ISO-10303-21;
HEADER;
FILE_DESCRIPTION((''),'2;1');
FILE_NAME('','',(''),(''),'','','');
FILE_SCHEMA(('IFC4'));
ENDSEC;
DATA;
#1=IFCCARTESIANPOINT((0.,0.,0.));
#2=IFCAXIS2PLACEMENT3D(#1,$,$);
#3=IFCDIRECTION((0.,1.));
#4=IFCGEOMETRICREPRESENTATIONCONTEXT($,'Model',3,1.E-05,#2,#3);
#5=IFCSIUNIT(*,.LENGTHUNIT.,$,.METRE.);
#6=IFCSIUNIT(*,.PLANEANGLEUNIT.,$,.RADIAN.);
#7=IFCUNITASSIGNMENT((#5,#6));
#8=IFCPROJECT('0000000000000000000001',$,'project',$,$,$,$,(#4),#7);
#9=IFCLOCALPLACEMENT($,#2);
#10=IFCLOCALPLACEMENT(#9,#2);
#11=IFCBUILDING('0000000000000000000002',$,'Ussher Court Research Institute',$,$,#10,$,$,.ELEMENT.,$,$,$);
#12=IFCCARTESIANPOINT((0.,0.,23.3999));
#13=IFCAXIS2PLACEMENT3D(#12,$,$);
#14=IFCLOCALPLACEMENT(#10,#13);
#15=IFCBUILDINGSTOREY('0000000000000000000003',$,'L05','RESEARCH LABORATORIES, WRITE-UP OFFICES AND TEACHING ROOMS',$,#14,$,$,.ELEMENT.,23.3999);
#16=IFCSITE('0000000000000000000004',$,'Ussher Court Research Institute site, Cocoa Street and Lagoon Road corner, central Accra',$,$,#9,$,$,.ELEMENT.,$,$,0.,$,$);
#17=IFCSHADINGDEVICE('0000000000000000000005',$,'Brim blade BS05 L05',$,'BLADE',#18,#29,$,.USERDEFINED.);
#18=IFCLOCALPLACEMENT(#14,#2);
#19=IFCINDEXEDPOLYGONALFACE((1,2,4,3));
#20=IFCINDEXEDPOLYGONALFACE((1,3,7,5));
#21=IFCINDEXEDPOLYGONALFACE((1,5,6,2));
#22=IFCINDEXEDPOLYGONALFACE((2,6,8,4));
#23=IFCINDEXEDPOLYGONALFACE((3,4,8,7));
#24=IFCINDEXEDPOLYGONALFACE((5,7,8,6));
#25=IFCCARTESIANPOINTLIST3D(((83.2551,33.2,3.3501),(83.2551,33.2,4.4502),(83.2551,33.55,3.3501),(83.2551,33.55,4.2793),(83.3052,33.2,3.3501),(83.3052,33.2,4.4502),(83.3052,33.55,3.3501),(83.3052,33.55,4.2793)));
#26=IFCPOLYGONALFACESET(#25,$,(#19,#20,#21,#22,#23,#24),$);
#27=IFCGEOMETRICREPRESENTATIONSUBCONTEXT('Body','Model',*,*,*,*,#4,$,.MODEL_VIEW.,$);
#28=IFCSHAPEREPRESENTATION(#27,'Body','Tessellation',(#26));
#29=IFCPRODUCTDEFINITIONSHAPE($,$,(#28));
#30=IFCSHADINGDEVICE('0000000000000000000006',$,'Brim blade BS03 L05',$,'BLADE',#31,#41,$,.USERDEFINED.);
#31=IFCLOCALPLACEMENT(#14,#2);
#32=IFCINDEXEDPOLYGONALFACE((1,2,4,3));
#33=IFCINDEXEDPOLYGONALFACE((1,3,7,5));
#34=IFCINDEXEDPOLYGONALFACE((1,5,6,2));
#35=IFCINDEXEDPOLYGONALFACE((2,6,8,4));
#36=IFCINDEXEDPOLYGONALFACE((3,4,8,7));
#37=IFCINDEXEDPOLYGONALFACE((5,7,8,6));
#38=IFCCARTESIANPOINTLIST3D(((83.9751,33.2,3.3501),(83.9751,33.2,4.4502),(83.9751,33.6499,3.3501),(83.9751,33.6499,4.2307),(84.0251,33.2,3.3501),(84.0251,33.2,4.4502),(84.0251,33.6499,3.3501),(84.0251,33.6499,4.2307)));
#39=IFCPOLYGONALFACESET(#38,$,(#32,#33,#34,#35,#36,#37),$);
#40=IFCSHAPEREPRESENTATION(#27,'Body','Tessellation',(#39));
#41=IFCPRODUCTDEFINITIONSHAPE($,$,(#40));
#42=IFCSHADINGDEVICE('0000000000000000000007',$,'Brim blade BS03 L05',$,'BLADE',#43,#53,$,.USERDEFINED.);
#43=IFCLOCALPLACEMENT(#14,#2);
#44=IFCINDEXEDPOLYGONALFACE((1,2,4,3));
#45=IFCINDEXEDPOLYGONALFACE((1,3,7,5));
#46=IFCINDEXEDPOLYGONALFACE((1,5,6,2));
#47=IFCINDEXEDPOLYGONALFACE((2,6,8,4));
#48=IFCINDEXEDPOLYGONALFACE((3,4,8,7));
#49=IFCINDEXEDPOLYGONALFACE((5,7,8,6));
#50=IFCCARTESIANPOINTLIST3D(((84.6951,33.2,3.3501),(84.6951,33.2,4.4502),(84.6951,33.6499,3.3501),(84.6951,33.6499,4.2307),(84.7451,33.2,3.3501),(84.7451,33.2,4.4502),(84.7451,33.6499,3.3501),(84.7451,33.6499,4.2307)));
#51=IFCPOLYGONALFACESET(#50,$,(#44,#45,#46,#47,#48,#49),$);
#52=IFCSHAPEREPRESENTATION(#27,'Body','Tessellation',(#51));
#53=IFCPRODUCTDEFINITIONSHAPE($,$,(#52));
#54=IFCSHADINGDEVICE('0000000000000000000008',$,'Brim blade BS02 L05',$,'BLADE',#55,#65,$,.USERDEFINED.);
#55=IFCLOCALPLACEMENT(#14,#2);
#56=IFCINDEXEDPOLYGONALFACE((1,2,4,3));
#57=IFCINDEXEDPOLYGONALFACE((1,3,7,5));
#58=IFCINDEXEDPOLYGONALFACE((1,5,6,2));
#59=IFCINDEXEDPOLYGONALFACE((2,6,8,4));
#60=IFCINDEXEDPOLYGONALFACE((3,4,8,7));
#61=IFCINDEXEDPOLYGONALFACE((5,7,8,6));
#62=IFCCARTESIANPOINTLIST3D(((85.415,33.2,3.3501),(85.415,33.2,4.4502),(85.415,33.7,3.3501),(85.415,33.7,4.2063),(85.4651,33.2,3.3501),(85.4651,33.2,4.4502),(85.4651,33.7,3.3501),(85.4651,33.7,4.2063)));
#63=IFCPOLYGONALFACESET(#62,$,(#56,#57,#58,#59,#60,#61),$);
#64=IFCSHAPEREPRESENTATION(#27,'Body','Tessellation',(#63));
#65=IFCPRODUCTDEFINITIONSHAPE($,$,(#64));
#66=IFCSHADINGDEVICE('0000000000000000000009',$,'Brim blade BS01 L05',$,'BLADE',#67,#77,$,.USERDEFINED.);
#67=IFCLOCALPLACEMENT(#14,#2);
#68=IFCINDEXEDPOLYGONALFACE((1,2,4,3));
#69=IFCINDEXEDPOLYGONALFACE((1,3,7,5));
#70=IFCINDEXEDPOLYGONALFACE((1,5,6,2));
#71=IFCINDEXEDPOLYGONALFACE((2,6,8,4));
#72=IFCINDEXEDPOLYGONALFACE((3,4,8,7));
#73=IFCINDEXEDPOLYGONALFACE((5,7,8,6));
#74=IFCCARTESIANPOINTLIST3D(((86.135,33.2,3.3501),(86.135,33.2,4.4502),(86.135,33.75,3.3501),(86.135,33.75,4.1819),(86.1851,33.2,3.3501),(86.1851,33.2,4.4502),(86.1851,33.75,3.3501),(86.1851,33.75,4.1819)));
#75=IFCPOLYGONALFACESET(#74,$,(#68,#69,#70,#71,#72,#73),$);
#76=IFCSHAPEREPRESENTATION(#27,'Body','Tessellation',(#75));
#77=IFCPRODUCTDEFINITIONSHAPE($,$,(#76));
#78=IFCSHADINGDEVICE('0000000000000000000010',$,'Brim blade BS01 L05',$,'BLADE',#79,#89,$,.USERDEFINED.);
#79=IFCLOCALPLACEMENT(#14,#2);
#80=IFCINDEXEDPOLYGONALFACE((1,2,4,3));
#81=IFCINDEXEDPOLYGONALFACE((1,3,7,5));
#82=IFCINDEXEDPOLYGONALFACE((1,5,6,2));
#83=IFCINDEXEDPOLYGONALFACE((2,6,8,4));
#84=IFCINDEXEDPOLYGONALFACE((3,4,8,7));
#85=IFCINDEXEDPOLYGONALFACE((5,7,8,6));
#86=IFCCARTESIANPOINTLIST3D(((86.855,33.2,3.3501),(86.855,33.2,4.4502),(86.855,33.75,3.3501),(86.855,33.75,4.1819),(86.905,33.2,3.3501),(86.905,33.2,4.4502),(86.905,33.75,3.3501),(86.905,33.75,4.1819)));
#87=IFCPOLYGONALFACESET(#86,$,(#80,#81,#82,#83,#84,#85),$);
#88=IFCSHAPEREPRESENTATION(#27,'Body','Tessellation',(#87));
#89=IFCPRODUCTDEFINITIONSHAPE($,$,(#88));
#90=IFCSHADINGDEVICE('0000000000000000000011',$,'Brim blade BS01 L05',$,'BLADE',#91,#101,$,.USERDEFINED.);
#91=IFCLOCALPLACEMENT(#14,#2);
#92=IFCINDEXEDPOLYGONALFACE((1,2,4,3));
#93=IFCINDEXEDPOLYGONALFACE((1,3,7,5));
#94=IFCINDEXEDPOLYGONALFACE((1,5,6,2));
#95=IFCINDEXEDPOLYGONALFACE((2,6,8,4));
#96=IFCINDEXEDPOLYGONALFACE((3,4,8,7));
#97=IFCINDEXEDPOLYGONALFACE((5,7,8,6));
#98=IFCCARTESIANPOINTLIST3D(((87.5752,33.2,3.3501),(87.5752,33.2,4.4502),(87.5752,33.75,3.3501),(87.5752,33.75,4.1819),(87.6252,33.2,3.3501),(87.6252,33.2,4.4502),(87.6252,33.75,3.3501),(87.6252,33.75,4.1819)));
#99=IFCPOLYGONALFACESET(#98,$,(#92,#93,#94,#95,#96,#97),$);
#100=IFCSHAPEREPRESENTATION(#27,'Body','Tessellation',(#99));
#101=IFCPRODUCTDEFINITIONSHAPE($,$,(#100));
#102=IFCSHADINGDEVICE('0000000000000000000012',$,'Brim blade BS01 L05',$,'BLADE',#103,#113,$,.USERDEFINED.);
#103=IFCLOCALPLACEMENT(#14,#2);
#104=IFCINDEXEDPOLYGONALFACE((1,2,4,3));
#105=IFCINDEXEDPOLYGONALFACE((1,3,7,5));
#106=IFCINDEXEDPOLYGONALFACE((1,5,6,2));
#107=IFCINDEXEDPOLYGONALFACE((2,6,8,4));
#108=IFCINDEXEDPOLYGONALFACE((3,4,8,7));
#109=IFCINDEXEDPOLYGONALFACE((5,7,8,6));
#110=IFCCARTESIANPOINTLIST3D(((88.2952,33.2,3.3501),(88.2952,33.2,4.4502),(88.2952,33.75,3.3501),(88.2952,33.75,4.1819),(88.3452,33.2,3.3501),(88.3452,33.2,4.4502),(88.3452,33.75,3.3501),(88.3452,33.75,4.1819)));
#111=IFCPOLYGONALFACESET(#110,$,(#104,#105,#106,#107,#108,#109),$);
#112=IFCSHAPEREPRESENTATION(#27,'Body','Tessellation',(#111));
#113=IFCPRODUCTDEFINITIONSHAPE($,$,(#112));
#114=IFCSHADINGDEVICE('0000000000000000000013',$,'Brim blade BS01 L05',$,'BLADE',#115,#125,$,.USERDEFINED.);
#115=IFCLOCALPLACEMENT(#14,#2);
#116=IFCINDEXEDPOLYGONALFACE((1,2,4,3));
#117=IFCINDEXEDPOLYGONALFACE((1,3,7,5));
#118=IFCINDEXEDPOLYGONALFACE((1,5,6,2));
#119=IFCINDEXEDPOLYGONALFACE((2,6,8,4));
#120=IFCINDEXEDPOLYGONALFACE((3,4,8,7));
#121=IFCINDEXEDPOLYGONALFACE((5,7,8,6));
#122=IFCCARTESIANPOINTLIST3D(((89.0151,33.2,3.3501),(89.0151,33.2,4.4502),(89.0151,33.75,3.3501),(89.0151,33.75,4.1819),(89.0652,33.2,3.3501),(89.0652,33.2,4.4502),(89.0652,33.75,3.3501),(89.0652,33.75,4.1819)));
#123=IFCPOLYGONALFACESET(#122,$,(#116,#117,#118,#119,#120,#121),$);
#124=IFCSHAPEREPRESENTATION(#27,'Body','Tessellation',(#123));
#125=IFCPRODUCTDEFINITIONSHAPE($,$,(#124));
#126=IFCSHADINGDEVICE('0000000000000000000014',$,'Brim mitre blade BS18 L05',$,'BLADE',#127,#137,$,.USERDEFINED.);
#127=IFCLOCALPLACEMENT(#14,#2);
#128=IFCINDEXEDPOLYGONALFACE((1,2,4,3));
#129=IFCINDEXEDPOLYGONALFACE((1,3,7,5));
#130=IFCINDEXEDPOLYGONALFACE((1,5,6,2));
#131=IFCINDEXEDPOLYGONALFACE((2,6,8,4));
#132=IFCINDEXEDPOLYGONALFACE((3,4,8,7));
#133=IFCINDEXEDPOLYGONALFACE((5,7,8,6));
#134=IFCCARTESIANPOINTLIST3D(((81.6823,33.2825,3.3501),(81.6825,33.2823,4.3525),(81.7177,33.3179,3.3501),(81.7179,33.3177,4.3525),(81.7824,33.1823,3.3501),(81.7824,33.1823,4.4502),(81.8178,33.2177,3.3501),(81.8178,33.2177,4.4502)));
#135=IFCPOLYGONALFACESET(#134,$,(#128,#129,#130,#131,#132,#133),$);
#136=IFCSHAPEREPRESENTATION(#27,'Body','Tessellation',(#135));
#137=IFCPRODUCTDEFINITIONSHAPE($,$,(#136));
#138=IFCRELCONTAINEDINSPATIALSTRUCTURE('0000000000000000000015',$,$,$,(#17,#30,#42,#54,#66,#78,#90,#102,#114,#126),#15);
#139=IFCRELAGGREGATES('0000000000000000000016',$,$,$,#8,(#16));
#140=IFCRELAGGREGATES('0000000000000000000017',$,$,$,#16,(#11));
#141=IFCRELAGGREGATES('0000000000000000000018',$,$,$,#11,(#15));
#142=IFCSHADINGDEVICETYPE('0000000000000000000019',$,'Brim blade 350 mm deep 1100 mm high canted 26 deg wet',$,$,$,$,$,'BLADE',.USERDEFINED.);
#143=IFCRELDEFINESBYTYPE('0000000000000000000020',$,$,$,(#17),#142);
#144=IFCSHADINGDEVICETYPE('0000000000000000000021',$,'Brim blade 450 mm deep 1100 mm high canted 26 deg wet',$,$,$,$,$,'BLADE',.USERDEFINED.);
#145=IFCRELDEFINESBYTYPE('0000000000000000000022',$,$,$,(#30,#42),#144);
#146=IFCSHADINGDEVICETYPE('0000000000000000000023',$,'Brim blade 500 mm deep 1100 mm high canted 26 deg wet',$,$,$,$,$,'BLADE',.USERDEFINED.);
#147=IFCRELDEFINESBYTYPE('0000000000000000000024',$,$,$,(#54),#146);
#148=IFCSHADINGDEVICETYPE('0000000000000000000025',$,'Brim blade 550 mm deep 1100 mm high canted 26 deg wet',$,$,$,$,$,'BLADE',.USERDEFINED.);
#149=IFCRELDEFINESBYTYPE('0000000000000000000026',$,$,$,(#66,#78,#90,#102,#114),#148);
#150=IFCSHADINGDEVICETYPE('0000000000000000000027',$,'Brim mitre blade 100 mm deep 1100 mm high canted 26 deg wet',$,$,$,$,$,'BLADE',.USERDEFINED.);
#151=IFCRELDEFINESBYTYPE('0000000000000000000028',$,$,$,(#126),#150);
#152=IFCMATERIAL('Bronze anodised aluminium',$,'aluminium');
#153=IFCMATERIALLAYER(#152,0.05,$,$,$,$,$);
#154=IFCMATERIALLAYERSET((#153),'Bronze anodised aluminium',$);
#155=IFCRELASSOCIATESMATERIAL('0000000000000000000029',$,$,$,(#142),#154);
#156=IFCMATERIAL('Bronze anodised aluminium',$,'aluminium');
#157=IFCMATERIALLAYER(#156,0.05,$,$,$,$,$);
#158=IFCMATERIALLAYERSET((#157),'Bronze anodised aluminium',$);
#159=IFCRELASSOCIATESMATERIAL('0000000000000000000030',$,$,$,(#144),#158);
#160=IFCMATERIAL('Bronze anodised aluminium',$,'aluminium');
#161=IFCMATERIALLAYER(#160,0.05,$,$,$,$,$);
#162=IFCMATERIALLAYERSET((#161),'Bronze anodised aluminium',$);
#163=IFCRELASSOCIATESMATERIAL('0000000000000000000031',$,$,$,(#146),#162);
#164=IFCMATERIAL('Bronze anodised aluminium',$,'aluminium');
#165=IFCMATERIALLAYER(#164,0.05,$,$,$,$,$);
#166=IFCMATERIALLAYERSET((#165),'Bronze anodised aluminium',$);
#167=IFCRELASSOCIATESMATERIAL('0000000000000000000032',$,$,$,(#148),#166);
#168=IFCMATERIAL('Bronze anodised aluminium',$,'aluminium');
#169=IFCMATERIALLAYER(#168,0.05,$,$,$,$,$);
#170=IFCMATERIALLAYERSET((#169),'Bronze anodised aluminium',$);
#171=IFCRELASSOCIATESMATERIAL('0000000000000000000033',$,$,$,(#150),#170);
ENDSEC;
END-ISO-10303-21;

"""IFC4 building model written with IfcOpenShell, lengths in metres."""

from ifc_helpers import new_model, si_unit, direction, frame, origin, place, context, subcontext, project, spatial, polyline, outline, extrude, material, layer, layer_set, type_object, element, save


model = new_model("IFC4")

# Units and contexts
model_context = context("Model", 3, precision=1e-05, world=origin(), true_north=direction((0.0, 1.0)))
body_context = subcontext(model_context, "Body", "Model", "MODEL_VIEW")
ifc_project = project(units=[si_unit("LENGTHUNIT", "METRE"), si_unit("PLANEANGLEUNIT", "RADIAN")], contexts=[model_context])

# Site, building, storey
site_placement = place(None, origin())
site = spatial("IfcSite", under=ifc_project, at=site_placement, Name="Ussher Court Research Institute site, Cocoa Street and Lagoon Road corner, central Accra", CompositionType="ELEMENT", RefElevation=0.0)
building_placement = place(site_placement, origin())
building = spatial("IfcBuilding", under=site, at=building_placement, Name="Ussher Court Research Institute", CompositionType="ELEMENT")
storey_placement = place(building_placement, frame((0.0, 0.0, 23.3999)))
storey = spatial("IfcBuildingStorey", under=building, at=storey_placement, Name="L05", Description="RESEARCH LABORATORIES, WRITE-UP OFFICES AND TEACHING ROOMS", CompositionType="ELEMENT", Elevation=23.3999)

# Shading devices
ifc_material_1 = material(Name="Bronze anodised aluminium", Category="aluminium")
ifc_layer_1 = layer(ifc_material_1, 0.05)
ifc_layer_set_1 = layer_set([ifc_layer_1], Name="Bronze anodised aluminium")
shading_device_type_1 = type_object("IfcShadingDeviceType", Name="Brim blade 350 mm deep 1100 mm high canted 26 deg wet", ElementType="BLADE", PredefinedType="USERDEFINED", material=ifc_layer_set_1)
shading_device_1_placement = place(storey_placement, frame((83.28, 33.2, 3.3501), z_axis=(0.0, 0.0, 1.0), x_axis=(0.0, 1.0, 0.0)))
element("IfcShadingDevice", 1, at=shading_device_1_placement, inside=storey, type_object=shading_device_type_1, Name="Brim blade BS05 L05", ObjectType="BLADE", PredefinedType="USERDEFINED", context=body_context, shape_type="SweptSolid", body=[
    extrude(outline(polyline([(0.0, 0.0), (0.3501, 0.0), (0.3501, 0.9292), (0.0, 1.1001), (0.0, 0.0)])), frame((0.0, 0.0249, 0.0), z_axis=(0.0, -1.0, 0.0), x_axis=(1.0, 0.0, 0.0)), (0.0, 0.0, 1.0), 0.05),
])
ifc_material_2 = material(Name="Bronze anodised aluminium", Category="aluminium")
ifc_layer_2 = layer(ifc_material_2, 0.05)
ifc_layer_set_2 = layer_set([ifc_layer_2], Name="Bronze anodised aluminium")
shading_device_type_2 = type_object("IfcShadingDeviceType", Name="Brim blade 450 mm deep 1100 mm high canted 26 deg wet", ElementType="BLADE", PredefinedType="USERDEFINED", material=ifc_layer_set_2)
for number, where, z_axis, x_axis, name in (
    (2, (84.0, 33.2, 3.3501), (0.0, 0.0, 1.0), (0.0, 1.0, 0.0), "Brim blade BS03 L05"),
    (3, (84.72, 33.2, 3.3501), (0.0, 0.0, 1.0), (0.0, 1.0, 0.0), "Brim blade BS03 L05"),
):
    element("IfcShadingDevice", number, at=place(storey_placement, frame(where, z_axis=z_axis, x_axis=x_axis)), inside=storey, type_object=shading_device_type_2, Name=name, ObjectType="BLADE", PredefinedType="USERDEFINED", context=body_context, shape_type="SweptSolid", body=[
        extrude(outline(polyline([(0.0, 0.0), (0.45, 0.0), (0.45, 0.8806), (0.0, 1.1001), (0.0, 0.0)])), frame((0.0, 0.0249, 0.0), z_axis=(0.0, -1.0, 0.0), x_axis=(1.0, 0.0, 0.0)), (0.0, 0.0, 1.0), 0.05),
    ])
ifc_material_3 = material(Name="Bronze anodised aluminium", Category="aluminium")
ifc_layer_3 = layer(ifc_material_3, 0.05)
ifc_layer_set_3 = layer_set([ifc_layer_3], Name="Bronze anodised aluminium")
shading_device_type_3 = type_object("IfcShadingDeviceType", Name="Brim blade 500 mm deep 1100 mm high canted 26 deg wet", ElementType="BLADE", PredefinedType="USERDEFINED", material=ifc_layer_set_3)
shading_device_2_placement = place(storey_placement, frame((85.4399, 33.2, 3.3501), z_axis=(0.0, 0.0, 1.0), x_axis=(0.0, 1.0, 0.0)))
element("IfcShadingDevice", 4, at=shading_device_2_placement, inside=storey, type_object=shading_device_type_3, Name="Brim blade BS02 L05", ObjectType="BLADE", PredefinedType="USERDEFINED", context=body_context, shape_type="SweptSolid", body=[
    extrude(outline(polyline([(0.0, 0.0), (0.5, 0.0), (0.5, 0.8562), (0.0, 1.1001), (0.0, 0.0)])), frame((0.0, 0.0249, 0.0), z_axis=(0.0, -1.0, 0.0), x_axis=(1.0, 0.0, 0.0)), (0.0, 0.0, 1.0), 0.05),
])
ifc_material_4 = material(Name="Bronze anodised aluminium", Category="aluminium")
ifc_layer_4 = layer(ifc_material_4, 0.05)
ifc_layer_set_4 = layer_set([ifc_layer_4], Name="Bronze anodised aluminium")
shading_device_type_4 = type_object("IfcShadingDeviceType", Name="Brim blade 550 mm deep 1100 mm high canted 26 deg wet", ElementType="BLADE", PredefinedType="USERDEFINED", material=ifc_layer_set_4)
for number, where, z_axis, x_axis, name in (
    (5, (86.1599, 33.2, 3.3501), (0.0, 0.0, 1.0), (0.0, 1.0, 0.0), "Brim blade BS01 L05"),
    (6, (86.8799, 33.2, 3.3501), (0.0, 0.0, 1.0), (0.0, 1.0, 0.0), "Brim blade BS01 L05"),
    (7, (87.6001, 33.2, 3.3501), (0.0, 0.0, 1.0), (0.0, 1.0, 0.0), "Brim blade BS01 L05"),
    (8, (88.3201, 33.2, 3.3501), (0.0, 0.0, 1.0), (0.0, 1.0, 0.0), "Brim blade BS01 L05"),
    (9, (89.04, 33.2, 3.3501), (0.0, 0.0, 1.0), (0.0, 1.0, 0.0), "Brim blade BS01 L05"),
):
    element("IfcShadingDevice", number, at=place(storey_placement, frame(where, z_axis=z_axis, x_axis=x_axis)), inside=storey, type_object=shading_device_type_4, Name=name, ObjectType="BLADE", PredefinedType="USERDEFINED", context=body_context, shape_type="SweptSolid", body=[
        extrude(outline(polyline([(0.0, 0.0), (0.55, 0.0), (0.55, 0.8318), (0.0, 1.1001), (0.0, 0.0)])), frame((0.0, 0.0249, 0.0), z_axis=(0.0, -1.0, 0.0), x_axis=(1.0, 0.0, 0.0)), (0.0, 0.0, 1.0), 0.05),
    ])
ifc_material_5 = material(Name="Bronze anodised aluminium", Category="aluminium")
ifc_layer_5 = layer(ifc_material_5, 0.05)
ifc_layer_set_5 = layer_set([ifc_layer_5], Name="Bronze anodised aluminium")
shading_device_type_5 = type_object("IfcShadingDeviceType", Name="Brim mitre blade 100 mm deep 1100 mm high canted 26 deg wet", ElementType="BLADE", PredefinedType="USERDEFINED", material=ifc_layer_set_5)
shading_device_3_placement = place(storey_placement, frame((81.8, 33.2, 3.3501), z_axis=(0.0, 0.0, 1.0), x_axis=(-0.707107, 0.707107, 0.0)))
element("IfcShadingDevice", 10, at=shading_device_3_placement, inside=storey, type_object=shading_device_type_5, Name="Brim mitre blade BS18 L05", ObjectType="BLADE", PredefinedType="USERDEFINED", context=body_context, shape_type="SweptSolid", body=[
    extrude(outline(polyline([(0.0, 0.0), (0.1416, 0.0), (0.1414, 1.0024), (0.0, 1.1001), (0.0, 0.0)])), frame((0.0, 0.0249, 0.0), z_axis=(0.0, -1.0, 0.0), x_axis=(1.0, 0.0, 0.0)), (0.0, 0.0, 1.0), 0.05),
])

save(model, "model.ifc")
